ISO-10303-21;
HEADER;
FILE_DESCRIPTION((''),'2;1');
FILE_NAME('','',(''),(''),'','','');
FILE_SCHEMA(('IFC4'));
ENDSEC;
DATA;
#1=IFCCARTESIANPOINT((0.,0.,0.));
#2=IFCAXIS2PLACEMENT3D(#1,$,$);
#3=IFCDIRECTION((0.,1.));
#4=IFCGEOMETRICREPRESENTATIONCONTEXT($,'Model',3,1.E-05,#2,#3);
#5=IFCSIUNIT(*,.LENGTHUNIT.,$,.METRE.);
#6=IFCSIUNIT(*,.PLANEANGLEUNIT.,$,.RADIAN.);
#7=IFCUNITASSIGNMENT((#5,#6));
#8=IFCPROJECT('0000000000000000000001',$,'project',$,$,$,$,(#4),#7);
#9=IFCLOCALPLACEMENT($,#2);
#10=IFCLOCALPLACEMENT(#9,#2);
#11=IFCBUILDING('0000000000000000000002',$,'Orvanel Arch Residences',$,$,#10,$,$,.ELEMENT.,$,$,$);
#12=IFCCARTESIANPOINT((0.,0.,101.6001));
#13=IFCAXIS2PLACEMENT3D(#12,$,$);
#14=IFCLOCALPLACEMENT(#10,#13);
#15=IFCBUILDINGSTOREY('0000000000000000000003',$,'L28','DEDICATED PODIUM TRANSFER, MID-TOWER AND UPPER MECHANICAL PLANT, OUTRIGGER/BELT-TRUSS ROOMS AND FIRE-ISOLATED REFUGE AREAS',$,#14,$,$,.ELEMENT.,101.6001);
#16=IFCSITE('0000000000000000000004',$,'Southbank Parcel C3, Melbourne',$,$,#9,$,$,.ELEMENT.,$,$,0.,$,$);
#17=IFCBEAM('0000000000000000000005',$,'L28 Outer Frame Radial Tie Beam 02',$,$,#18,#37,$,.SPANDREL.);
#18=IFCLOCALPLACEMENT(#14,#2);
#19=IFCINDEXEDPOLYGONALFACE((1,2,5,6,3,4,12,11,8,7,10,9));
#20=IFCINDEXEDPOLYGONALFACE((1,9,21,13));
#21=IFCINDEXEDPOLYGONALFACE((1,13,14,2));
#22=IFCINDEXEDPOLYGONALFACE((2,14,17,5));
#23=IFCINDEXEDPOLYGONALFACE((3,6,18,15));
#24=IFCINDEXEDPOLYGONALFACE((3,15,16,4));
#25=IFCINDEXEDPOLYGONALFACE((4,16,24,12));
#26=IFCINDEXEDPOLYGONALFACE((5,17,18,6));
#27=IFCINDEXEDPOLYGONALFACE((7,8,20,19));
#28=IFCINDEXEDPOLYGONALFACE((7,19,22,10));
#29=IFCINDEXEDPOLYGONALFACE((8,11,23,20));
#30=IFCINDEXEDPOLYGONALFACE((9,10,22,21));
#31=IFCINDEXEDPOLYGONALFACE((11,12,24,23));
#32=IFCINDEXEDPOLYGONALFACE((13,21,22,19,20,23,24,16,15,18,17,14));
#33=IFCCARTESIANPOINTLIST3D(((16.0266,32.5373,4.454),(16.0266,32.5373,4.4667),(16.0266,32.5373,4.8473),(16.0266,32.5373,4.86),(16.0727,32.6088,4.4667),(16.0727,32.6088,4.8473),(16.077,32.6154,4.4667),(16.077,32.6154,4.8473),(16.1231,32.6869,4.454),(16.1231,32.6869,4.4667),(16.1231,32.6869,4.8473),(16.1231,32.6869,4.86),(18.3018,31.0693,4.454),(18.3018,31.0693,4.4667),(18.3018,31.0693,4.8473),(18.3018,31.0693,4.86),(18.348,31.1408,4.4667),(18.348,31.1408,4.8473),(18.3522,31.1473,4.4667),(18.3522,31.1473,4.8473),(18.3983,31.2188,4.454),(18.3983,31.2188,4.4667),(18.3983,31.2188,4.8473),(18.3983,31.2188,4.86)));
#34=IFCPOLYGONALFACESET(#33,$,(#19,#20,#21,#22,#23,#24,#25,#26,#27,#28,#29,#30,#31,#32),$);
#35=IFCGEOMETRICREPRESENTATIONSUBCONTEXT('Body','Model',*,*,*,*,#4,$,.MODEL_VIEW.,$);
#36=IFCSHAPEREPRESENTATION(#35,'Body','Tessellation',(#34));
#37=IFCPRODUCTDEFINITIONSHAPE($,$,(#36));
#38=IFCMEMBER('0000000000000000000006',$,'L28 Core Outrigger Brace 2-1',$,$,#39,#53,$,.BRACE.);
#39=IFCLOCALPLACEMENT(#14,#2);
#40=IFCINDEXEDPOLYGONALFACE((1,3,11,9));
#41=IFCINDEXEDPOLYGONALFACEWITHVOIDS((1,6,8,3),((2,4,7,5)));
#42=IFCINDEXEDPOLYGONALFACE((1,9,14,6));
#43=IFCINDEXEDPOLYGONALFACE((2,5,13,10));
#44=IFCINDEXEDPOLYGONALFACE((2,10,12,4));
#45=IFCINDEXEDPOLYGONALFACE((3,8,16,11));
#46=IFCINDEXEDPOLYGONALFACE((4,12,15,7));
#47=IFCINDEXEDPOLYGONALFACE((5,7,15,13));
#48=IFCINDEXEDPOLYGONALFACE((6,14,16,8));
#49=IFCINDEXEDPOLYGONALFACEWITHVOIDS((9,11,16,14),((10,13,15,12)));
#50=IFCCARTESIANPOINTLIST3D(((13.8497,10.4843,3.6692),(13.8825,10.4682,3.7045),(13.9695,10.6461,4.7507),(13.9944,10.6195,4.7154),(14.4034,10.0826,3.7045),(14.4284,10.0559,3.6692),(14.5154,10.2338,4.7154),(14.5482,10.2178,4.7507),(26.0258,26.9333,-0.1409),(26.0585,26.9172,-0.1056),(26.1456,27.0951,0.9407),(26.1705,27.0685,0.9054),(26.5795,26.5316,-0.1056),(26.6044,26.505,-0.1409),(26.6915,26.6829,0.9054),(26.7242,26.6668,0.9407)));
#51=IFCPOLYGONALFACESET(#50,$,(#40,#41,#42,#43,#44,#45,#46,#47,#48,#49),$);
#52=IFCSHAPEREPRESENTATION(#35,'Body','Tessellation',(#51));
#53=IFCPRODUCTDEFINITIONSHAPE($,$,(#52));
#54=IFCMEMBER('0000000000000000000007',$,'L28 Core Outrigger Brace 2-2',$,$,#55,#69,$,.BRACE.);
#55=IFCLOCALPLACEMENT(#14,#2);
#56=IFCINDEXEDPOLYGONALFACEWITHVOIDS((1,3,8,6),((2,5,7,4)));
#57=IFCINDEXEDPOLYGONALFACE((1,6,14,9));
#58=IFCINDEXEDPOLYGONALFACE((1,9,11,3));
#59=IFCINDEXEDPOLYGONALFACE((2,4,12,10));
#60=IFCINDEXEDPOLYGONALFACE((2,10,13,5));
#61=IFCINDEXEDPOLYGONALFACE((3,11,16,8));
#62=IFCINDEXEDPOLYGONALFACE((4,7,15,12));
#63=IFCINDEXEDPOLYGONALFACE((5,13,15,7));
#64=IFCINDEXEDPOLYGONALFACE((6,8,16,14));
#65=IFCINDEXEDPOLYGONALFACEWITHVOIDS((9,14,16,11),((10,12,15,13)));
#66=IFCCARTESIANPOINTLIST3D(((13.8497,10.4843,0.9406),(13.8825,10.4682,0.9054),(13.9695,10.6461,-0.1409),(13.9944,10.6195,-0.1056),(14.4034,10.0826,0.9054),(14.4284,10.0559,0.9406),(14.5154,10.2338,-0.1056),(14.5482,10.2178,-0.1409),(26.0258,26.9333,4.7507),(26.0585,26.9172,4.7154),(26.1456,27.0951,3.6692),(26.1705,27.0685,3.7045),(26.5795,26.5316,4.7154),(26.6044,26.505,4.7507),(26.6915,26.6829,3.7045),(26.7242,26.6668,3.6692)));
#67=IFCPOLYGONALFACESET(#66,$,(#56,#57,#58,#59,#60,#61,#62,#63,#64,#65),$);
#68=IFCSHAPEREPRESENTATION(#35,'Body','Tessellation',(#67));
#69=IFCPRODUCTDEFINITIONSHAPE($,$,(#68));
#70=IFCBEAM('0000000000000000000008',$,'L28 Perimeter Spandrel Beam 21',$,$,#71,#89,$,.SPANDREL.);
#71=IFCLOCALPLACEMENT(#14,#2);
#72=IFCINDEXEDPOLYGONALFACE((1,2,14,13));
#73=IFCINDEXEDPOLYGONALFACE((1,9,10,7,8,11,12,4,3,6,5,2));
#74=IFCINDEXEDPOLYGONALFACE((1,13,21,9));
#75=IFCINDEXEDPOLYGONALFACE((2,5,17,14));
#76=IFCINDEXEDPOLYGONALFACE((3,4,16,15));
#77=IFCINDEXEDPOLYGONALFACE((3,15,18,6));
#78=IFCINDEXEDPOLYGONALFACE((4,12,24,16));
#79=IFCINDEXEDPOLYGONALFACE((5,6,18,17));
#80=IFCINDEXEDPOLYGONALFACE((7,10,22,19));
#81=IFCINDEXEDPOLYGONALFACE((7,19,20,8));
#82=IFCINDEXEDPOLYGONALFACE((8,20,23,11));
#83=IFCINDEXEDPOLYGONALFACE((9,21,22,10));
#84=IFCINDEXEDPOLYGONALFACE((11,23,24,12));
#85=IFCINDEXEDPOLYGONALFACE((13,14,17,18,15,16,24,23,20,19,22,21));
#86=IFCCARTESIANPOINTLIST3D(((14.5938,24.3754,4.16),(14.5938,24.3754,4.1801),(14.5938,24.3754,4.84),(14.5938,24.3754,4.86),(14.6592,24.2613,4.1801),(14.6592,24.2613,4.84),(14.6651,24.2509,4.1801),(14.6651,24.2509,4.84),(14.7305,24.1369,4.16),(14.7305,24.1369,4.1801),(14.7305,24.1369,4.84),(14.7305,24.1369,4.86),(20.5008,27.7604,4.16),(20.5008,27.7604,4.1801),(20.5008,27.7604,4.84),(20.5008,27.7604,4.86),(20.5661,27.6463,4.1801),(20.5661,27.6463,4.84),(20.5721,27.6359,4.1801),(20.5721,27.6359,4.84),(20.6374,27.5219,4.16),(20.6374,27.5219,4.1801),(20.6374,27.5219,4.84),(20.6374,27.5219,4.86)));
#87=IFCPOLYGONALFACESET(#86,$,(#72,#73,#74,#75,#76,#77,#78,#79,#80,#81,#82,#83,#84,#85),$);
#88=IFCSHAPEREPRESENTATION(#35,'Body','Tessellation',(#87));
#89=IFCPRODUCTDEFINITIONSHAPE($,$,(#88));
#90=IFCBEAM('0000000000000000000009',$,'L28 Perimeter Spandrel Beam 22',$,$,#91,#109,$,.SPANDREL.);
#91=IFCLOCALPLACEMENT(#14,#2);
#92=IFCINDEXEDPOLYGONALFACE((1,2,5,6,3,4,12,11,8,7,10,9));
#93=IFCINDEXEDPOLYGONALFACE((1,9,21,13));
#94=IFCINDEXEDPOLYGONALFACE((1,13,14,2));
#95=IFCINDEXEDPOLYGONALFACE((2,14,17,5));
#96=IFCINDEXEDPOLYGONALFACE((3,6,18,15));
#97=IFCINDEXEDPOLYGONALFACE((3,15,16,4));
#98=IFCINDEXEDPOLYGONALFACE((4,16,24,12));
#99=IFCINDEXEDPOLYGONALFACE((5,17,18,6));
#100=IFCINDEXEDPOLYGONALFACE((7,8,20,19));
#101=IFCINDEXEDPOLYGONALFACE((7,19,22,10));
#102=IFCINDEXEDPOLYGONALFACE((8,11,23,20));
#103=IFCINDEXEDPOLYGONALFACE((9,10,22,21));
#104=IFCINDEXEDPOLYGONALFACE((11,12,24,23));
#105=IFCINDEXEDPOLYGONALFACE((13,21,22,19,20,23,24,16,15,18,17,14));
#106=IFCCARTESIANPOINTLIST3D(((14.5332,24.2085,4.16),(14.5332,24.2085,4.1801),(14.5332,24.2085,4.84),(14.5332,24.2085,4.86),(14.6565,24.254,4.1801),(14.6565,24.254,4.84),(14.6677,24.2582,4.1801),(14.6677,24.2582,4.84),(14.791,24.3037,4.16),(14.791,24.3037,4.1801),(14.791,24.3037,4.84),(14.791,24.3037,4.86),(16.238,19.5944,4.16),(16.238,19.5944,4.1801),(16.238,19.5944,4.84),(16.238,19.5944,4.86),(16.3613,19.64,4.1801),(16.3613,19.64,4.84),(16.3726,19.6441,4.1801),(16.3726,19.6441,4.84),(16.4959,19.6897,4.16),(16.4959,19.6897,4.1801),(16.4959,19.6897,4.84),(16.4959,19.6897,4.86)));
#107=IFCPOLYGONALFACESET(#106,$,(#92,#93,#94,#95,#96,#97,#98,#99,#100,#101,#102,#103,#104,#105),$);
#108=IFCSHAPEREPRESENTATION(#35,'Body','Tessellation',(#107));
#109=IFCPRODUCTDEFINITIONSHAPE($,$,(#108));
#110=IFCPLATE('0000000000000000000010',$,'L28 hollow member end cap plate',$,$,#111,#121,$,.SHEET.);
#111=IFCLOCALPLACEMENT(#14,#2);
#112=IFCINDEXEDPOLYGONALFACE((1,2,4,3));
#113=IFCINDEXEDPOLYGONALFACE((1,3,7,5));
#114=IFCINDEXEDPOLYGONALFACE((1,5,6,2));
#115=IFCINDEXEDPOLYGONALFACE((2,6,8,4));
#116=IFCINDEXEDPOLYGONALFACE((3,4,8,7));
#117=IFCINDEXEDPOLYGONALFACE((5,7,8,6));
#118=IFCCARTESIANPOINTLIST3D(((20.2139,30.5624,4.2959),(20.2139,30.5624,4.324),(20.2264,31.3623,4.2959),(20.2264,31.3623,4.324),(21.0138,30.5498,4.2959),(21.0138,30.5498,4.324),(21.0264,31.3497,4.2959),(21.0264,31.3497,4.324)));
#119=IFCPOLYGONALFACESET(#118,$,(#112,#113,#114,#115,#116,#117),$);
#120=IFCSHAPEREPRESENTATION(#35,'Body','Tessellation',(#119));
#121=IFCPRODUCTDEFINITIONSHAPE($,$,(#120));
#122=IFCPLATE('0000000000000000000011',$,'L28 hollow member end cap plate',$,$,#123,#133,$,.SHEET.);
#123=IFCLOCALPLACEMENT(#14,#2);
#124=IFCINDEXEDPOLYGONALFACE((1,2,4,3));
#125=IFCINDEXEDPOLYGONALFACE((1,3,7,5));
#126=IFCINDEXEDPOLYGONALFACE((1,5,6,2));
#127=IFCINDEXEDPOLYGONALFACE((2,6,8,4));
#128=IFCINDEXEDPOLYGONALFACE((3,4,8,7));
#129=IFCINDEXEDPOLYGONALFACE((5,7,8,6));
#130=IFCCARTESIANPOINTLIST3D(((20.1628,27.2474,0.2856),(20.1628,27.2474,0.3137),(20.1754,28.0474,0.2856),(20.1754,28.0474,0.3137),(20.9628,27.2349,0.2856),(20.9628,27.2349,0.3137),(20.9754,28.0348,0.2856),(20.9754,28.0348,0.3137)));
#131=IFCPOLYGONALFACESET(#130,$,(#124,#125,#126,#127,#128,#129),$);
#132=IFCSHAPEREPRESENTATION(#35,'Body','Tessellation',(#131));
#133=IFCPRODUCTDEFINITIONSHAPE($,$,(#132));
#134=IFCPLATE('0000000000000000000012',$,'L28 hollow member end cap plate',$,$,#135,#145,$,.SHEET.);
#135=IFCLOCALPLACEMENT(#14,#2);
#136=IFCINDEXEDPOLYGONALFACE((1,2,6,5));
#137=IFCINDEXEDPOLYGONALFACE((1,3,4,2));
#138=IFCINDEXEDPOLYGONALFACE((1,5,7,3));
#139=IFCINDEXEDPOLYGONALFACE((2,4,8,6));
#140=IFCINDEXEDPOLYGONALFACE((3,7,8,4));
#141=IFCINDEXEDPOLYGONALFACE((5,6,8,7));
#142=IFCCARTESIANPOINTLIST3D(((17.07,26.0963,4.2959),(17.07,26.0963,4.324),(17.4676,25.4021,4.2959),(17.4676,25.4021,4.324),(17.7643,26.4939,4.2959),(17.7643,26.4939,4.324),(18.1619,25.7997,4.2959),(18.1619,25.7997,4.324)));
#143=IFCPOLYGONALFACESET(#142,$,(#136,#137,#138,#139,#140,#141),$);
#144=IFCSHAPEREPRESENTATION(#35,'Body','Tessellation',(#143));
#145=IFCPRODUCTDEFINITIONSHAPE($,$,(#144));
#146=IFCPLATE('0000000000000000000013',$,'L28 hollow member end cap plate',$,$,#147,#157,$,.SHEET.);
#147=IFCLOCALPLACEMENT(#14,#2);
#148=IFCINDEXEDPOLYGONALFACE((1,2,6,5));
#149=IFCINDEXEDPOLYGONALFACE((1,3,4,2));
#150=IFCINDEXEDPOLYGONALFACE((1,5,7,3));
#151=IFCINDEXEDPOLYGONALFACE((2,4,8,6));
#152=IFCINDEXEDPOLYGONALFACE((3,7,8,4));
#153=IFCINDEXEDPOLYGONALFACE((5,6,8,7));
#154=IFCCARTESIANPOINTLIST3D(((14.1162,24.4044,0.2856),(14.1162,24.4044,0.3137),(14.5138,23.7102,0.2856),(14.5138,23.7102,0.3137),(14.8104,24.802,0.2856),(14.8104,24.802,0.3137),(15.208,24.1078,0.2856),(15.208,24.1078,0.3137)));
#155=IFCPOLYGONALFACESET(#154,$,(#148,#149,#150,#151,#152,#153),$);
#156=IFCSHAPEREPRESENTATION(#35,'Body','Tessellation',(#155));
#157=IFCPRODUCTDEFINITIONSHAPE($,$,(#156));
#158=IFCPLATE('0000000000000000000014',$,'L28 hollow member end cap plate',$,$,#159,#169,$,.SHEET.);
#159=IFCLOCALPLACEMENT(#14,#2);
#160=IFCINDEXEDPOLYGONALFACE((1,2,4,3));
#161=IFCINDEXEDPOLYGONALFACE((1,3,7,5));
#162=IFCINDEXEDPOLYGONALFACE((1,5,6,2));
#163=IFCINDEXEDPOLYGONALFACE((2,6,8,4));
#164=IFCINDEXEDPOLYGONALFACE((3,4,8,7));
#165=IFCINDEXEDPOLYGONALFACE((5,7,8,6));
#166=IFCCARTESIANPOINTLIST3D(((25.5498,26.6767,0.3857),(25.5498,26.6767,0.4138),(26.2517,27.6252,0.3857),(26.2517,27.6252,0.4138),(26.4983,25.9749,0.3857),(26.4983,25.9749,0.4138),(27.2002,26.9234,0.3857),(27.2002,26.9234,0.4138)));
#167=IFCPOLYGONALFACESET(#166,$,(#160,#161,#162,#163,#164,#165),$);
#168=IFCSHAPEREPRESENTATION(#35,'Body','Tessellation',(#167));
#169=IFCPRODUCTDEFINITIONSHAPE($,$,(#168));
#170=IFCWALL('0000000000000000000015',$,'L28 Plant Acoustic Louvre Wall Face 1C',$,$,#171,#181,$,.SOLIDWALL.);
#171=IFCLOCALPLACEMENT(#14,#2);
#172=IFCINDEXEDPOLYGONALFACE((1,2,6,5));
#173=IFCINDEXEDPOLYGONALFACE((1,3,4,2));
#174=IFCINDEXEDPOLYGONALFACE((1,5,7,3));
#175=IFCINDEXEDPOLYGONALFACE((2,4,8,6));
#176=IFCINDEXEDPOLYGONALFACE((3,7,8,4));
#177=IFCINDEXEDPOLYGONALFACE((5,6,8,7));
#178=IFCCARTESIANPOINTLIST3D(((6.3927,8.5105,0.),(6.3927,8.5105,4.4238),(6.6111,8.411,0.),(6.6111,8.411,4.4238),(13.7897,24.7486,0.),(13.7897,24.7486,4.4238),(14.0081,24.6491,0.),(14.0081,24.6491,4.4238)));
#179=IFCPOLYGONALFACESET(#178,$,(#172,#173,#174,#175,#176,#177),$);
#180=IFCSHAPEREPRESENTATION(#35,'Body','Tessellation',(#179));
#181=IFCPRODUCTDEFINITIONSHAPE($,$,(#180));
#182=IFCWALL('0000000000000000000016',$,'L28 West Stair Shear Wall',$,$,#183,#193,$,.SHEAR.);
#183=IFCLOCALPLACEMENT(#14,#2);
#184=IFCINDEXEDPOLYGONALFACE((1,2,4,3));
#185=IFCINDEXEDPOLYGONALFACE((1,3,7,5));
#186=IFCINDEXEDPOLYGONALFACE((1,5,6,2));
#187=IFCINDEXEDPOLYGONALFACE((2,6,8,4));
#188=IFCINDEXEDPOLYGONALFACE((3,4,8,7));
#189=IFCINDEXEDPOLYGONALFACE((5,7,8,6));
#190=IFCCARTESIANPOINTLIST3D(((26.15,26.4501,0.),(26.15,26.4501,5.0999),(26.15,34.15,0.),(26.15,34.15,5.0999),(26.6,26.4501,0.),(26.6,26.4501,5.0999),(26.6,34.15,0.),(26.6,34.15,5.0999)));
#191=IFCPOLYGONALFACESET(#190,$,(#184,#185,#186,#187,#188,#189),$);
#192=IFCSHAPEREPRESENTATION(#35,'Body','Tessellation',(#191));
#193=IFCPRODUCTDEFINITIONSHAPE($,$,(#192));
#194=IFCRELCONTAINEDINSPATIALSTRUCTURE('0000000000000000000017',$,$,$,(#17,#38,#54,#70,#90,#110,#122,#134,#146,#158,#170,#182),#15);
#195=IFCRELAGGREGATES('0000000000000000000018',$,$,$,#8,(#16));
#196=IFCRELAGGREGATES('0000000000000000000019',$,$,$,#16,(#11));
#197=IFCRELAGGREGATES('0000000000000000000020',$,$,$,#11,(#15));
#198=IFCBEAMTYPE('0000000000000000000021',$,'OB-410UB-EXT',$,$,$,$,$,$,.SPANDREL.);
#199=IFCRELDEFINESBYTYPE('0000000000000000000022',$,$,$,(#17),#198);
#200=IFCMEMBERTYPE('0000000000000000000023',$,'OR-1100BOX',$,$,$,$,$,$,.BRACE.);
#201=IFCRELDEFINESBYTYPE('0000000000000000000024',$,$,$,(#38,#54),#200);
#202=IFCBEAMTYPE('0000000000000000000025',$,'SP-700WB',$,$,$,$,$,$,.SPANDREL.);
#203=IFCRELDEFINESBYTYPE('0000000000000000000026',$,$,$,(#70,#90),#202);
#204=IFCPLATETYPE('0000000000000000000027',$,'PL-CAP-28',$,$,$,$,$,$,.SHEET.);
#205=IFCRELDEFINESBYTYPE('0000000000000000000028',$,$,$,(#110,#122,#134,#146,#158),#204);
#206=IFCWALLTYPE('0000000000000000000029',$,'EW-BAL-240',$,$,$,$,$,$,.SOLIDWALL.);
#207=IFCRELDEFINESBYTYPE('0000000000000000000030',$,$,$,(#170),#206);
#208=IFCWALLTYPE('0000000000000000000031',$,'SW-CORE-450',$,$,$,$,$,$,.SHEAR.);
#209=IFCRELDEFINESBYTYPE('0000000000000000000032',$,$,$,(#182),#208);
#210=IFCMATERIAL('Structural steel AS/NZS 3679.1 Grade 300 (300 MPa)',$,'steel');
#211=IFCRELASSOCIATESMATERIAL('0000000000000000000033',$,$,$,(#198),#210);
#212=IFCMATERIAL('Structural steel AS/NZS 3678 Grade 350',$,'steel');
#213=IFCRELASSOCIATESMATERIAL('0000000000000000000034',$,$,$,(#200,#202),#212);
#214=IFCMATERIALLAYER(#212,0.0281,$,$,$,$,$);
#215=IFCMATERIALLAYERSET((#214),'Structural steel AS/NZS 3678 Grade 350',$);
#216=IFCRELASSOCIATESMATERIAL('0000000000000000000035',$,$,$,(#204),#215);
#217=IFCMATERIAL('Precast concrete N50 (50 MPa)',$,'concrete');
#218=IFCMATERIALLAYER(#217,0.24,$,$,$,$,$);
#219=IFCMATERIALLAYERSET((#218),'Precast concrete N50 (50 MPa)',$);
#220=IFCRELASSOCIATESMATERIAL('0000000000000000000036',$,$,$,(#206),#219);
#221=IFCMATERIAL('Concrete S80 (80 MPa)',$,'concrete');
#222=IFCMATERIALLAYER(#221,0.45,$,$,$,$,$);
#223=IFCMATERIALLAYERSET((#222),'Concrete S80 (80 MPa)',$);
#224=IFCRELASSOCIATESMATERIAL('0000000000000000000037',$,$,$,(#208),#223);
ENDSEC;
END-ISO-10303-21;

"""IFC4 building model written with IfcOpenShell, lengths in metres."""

from ifc_helpers import new_model, si_unit, direction, frame, frame_2d, origin, origin_2d, place, context, subcontext, project, spatial, rectangle, hollow_rectangle, i_section, extrude, material, layer, layer_set, material_profile, profile_set, type_object, element, save


model = new_model("IFC4")

# Units and contexts
model_context = context("Model", 3, precision=1e-05, world=origin(), true_north=direction((0.0, 1.0)))
body_context = subcontext(model_context, "Body", "Model", "MODEL_VIEW")
ifc_project = project(units=[si_unit("LENGTHUNIT", "METRE"), si_unit("PLANEANGLEUNIT", "RADIAN")], contexts=[model_context])

# Site, building, storey
site_placement = place(None, origin())
site = spatial("IfcSite", under=ifc_project, at=site_placement, Name="Southbank Parcel C3, Melbourne", CompositionType="ELEMENT", RefElevation=0.0)
building_placement = place(site_placement, origin())
building = spatial("IfcBuilding", under=site, at=building_placement, Name="Orvanel Arch Residences", CompositionType="ELEMENT")
storey_placement = place(building_placement, frame((0.0, 0.0, 101.6001)))
storey = spatial("IfcBuildingStorey", under=building, at=storey_placement, Name="L28", Description="DEDICATED PODIUM TRANSFER, MID-TOWER AND UPPER MECHANICAL PLANT, OUTRIGGER/BELT-TRUSS ROOMS AND FIRE-ISOLATED REFUGE AREAS", CompositionType="ELEMENT", Elevation=101.6001)

# Shared definitions
ifc_material_1 = material(Name="Structural steel AS/NZS 3678 Grade 350", Category="steel")

# Beam
ifc_material_2 = material(Name="Structural steel AS/NZS 3679.1 Grade 300 (300 MPa)", Category="steel")
ifc_material_profile_1 = material_profile(ifc_material_2, i_section(OverallWidth=0.178, OverallDepth=0.406, WebThickness=0.0078, FlangeThickness=0.0127, at=origin_2d()), Name="410UB59.7")
ifc_profile_set_1 = profile_set([ifc_material_profile_1], Name="Structural steel AS/NZS 3679.1 Grade 300 (300 MPa)")
beam_type_1 = type_object("IfcBeamType", Name="OB-410UB-EXT", PredefinedType="SPANDREL", material=ifc_profile_set_1)
beam_1_placement = place(storey_placement, frame((18.3501, 31.144, 4.657), z_axis=(-0.840266, 0.542174, 0.0), x_axis=(-0.542174, -0.840266, 0.0)))
element("IfcBeam", 1, at=beam_1_placement, inside=storey, type_object=beam_type_1, Name="L28 Outer Frame Radial Tie Beam 02", PredefinedType="SPANDREL", context=body_context, shape_type="SweptSolid", body=[
    extrude(i_section(OverallWidth=0.178, OverallDepth=0.406, WebThickness=0.0078, FlangeThickness=0.0127, at=origin_2d()), origin(), (0.0, 0.0, 1.0), 2.7078),
])

# Members
ifc_material_profile_2 = material_profile(ifc_material_1, hollow_rectangle(XDim=0.72, YDim=1.1001, WallThickness=0.0359, at=origin_2d()), Name="BOX1100x720x36")
ifc_profile_set_2 = profile_set([ifc_material_profile_2], Name="Structural steel AS/NZS 3678 Grade 350")
member_type_1 = type_object("IfcMemberType", Name="OR-1100BOX", PredefinedType="BRACE", material=ifc_profile_set_2)
for number, where, z_axis, x_axis, name in (
    (2, (26.375, 26.8, 0.3999), (-0.584912, -0.790176, 0.183028), (0.803753, -0.594962, 0.0), "L28 Core Outrigger Brace 2-1"),
    (3, (26.375, 26.8, 4.21), (-0.584912, -0.790176, -0.183028), (0.803753, -0.594962, 0.0), "L28 Core Outrigger Brace 2-2"),
):
    element("IfcMember", number, at=place(storey_placement, frame(where, z_axis=z_axis, x_axis=x_axis)), inside=storey, type_object=member_type_1, Name=name, PredefinedType="BRACE", context=body_context, shape_type="SweptSolid", body=[
        extrude(hollow_rectangle(XDim=0.72, YDim=1.1001, WallThickness=0.0359, at=origin_2d()), origin(), (0.0, 0.0, 1.0), 20.8169),
    ])

# Beams
ifc_material_profile_3 = material_profile(ifc_material_1, i_section(OverallWidth=0.2749, OverallDepth=0.7, WebThickness=0.012, FlangeThickness=0.02, at=origin_2d()), Name="700WB150")
ifc_profile_set_3 = profile_set([ifc_material_profile_3], Name="Structural steel AS/NZS 3678 Grade 350")
beam_type_2 = type_object("IfcBeamType", Name="SP-700WB", PredefinedType="SPANDREL", material=ifc_profile_set_3)
beam_2_placement = place(storey_placement, frame((20.5691, 27.6411, 4.51), z_axis=(-0.867636, -0.497201, 0.0), x_axis=(0.497201, -0.867636, 0.0)))
element("IfcBeam", 4, at=beam_2_placement, inside=storey, type_object=beam_type_2, Name="L28 Perimeter Spandrel Beam 21", PredefinedType="SPANDREL", context=body_context, shape_type="SweptSolid", body=[
    extrude(i_section(OverallWidth=0.2749, OverallDepth=0.7, WebThickness=0.012, FlangeThickness=0.02, at=origin_2d()), origin(), (0.0, 0.0, 1.0), 6.8081),
])
beam_3_placement = place(storey_placement, frame((14.6621, 24.2561, 4.51), z_axis=(0.346588, -0.938017, 0.0), x_axis=(0.938017, 0.346588, 0.0)))
element("IfcBeam", 5, at=beam_3_placement, inside=storey, type_object=beam_type_2, Name="L28 Perimeter Spandrel Beam 22", PredefinedType="SPANDREL", context=body_context, shape_type="SweptSolid", body=[
    extrude(i_section(OverallWidth=0.2749, OverallDepth=0.7, WebThickness=0.012, FlangeThickness=0.02, at=origin_2d()), origin(), (0.0, 0.0, 1.0), 4.9189),
])

# Plates
ifc_layer_1 = layer(ifc_material_1, 0.0281)
ifc_layer_set_1 = layer_set([ifc_layer_1], Name="Structural steel AS/NZS 3678 Grade 350")
plate_type = type_object("IfcPlateType", Name="PL-CAP-28", PredefinedType="SHEET", material=ifc_layer_set_1)
for number, where, z_axis, x_axis, name in (
    (6, (20.6201, 30.9561, 4.2959), (0.0, 0.0, 1.0), (0.015707, 0.999877, 0.0), "L28 hollow member end cap plate"),
    (7, (20.5691, 27.6411, 0.2856), (0.0, 0.0, 1.0), (0.015707, 0.999877, 0.0), "L28 hollow member end cap plate"),
    (8, (17.616, 25.948, 4.2959), (0.0, 0.0, 1.0), (0.867765, 0.496974, 0.0), "L28 hollow member end cap plate"),
    (9, (14.6621, 24.2561, 0.2856), (0.0, 0.0, 1.0), (0.867765, 0.496974, 0.0), "L28 hollow member end cap plate"),
):
    element("IfcPlate", number, at=place(storey_placement, frame(where, z_axis=z_axis, x_axis=x_axis)), inside=storey, type_object=plate_type, Name=name, PredefinedType="SHEET", context=body_context, shape_type="SweptSolid", body=[
        extrude(rectangle(XDim=0.8, YDim=0.8, at=origin_2d()), origin(), (0.0, 0.0, 1.0), 0.0281),
    ])
plate_placement = place(storey_placement, frame((26.375, 26.8, 0.3857), z_axis=(0.0, 0.0, 1.0), x_axis=(0.594823, 0.803857, 0.0)))
element("IfcPlate", 10, at=plate_placement, inside=storey, type_object=plate_type, Name="L28 hollow member end cap plate", PredefinedType="SHEET", context=body_context, shape_type="SweptSolid", body=[
    extrude(rectangle(XDim=1.1799, YDim=1.1799, at=origin_2d()), origin(), (0.0, 0.0, 1.0), 0.0281),
])

# Wall
ifc_material_3 = material(Name="Precast concrete N50 (50 MPa)", Category="concrete")
ifc_layer_2 = layer(ifc_material_3, 0.24)
ifc_layer_set_2 = layer_set([ifc_layer_2], Name="Precast concrete N50 (50 MPa)")
wall_type_1 = type_object("IfcWallType", Name="EW-BAL-240", PredefinedType="SOLIDWALL", material=ifc_layer_set_2)
wall_1_placement = place(storey_placement, frame((13.8989, 24.699, 0.0), z_axis=(0.0, 0.0, 1.0), x_axis=(-0.414548, -0.910027, 0.0)))
element("IfcWall", 11, at=wall_1_placement, inside=storey, type_object=wall_type_1, Name="L28 Plant Acoustic Louvre Wall Face 1C", PredefinedType="SOLIDWALL", context=body_context, shape_type="SweptSolid", body=[
    extrude(rectangle(XDim=17.8435, YDim=0.24, at=frame_2d((8.9219, 0.0))), origin(), (0.0, 0.0, 1.0), 4.4238),
])

# Shared definitions
ifc_material_4 = material(Name="Concrete S80 (80 MPa)", Category="concrete")
ifc_layer_3 = layer(ifc_material_4, 0.45)
ifc_layer_set_3 = layer_set([ifc_layer_3], Name="Concrete S80 (80 MPa)")
wall_type_2 = type_object("IfcWallType", Name="SW-CORE-450", PredefinedType="SHEAR", material=ifc_layer_set_3)

# Wall
wall_2_placement = place(storey_placement, frame((26.375, 26.45, 0.0), z_axis=(0.0, 0.0, 1.0), x_axis=(0.0, 1.0, 0.0)))
element("IfcWall", 12, at=wall_2_placement, inside=storey, type_object=wall_type_2, Name="L28 West Stair Shear Wall", PredefinedType="SHEAR", context=body_context, shape_type="SweptSolid", body=[
    extrude(rectangle(XDim=7.7, YDim=0.45, at=frame_2d((3.8501, 0.0))), origin(), (0.0, 0.0, 1.0), 5.0999),
])

save(model, "model.ifc")
